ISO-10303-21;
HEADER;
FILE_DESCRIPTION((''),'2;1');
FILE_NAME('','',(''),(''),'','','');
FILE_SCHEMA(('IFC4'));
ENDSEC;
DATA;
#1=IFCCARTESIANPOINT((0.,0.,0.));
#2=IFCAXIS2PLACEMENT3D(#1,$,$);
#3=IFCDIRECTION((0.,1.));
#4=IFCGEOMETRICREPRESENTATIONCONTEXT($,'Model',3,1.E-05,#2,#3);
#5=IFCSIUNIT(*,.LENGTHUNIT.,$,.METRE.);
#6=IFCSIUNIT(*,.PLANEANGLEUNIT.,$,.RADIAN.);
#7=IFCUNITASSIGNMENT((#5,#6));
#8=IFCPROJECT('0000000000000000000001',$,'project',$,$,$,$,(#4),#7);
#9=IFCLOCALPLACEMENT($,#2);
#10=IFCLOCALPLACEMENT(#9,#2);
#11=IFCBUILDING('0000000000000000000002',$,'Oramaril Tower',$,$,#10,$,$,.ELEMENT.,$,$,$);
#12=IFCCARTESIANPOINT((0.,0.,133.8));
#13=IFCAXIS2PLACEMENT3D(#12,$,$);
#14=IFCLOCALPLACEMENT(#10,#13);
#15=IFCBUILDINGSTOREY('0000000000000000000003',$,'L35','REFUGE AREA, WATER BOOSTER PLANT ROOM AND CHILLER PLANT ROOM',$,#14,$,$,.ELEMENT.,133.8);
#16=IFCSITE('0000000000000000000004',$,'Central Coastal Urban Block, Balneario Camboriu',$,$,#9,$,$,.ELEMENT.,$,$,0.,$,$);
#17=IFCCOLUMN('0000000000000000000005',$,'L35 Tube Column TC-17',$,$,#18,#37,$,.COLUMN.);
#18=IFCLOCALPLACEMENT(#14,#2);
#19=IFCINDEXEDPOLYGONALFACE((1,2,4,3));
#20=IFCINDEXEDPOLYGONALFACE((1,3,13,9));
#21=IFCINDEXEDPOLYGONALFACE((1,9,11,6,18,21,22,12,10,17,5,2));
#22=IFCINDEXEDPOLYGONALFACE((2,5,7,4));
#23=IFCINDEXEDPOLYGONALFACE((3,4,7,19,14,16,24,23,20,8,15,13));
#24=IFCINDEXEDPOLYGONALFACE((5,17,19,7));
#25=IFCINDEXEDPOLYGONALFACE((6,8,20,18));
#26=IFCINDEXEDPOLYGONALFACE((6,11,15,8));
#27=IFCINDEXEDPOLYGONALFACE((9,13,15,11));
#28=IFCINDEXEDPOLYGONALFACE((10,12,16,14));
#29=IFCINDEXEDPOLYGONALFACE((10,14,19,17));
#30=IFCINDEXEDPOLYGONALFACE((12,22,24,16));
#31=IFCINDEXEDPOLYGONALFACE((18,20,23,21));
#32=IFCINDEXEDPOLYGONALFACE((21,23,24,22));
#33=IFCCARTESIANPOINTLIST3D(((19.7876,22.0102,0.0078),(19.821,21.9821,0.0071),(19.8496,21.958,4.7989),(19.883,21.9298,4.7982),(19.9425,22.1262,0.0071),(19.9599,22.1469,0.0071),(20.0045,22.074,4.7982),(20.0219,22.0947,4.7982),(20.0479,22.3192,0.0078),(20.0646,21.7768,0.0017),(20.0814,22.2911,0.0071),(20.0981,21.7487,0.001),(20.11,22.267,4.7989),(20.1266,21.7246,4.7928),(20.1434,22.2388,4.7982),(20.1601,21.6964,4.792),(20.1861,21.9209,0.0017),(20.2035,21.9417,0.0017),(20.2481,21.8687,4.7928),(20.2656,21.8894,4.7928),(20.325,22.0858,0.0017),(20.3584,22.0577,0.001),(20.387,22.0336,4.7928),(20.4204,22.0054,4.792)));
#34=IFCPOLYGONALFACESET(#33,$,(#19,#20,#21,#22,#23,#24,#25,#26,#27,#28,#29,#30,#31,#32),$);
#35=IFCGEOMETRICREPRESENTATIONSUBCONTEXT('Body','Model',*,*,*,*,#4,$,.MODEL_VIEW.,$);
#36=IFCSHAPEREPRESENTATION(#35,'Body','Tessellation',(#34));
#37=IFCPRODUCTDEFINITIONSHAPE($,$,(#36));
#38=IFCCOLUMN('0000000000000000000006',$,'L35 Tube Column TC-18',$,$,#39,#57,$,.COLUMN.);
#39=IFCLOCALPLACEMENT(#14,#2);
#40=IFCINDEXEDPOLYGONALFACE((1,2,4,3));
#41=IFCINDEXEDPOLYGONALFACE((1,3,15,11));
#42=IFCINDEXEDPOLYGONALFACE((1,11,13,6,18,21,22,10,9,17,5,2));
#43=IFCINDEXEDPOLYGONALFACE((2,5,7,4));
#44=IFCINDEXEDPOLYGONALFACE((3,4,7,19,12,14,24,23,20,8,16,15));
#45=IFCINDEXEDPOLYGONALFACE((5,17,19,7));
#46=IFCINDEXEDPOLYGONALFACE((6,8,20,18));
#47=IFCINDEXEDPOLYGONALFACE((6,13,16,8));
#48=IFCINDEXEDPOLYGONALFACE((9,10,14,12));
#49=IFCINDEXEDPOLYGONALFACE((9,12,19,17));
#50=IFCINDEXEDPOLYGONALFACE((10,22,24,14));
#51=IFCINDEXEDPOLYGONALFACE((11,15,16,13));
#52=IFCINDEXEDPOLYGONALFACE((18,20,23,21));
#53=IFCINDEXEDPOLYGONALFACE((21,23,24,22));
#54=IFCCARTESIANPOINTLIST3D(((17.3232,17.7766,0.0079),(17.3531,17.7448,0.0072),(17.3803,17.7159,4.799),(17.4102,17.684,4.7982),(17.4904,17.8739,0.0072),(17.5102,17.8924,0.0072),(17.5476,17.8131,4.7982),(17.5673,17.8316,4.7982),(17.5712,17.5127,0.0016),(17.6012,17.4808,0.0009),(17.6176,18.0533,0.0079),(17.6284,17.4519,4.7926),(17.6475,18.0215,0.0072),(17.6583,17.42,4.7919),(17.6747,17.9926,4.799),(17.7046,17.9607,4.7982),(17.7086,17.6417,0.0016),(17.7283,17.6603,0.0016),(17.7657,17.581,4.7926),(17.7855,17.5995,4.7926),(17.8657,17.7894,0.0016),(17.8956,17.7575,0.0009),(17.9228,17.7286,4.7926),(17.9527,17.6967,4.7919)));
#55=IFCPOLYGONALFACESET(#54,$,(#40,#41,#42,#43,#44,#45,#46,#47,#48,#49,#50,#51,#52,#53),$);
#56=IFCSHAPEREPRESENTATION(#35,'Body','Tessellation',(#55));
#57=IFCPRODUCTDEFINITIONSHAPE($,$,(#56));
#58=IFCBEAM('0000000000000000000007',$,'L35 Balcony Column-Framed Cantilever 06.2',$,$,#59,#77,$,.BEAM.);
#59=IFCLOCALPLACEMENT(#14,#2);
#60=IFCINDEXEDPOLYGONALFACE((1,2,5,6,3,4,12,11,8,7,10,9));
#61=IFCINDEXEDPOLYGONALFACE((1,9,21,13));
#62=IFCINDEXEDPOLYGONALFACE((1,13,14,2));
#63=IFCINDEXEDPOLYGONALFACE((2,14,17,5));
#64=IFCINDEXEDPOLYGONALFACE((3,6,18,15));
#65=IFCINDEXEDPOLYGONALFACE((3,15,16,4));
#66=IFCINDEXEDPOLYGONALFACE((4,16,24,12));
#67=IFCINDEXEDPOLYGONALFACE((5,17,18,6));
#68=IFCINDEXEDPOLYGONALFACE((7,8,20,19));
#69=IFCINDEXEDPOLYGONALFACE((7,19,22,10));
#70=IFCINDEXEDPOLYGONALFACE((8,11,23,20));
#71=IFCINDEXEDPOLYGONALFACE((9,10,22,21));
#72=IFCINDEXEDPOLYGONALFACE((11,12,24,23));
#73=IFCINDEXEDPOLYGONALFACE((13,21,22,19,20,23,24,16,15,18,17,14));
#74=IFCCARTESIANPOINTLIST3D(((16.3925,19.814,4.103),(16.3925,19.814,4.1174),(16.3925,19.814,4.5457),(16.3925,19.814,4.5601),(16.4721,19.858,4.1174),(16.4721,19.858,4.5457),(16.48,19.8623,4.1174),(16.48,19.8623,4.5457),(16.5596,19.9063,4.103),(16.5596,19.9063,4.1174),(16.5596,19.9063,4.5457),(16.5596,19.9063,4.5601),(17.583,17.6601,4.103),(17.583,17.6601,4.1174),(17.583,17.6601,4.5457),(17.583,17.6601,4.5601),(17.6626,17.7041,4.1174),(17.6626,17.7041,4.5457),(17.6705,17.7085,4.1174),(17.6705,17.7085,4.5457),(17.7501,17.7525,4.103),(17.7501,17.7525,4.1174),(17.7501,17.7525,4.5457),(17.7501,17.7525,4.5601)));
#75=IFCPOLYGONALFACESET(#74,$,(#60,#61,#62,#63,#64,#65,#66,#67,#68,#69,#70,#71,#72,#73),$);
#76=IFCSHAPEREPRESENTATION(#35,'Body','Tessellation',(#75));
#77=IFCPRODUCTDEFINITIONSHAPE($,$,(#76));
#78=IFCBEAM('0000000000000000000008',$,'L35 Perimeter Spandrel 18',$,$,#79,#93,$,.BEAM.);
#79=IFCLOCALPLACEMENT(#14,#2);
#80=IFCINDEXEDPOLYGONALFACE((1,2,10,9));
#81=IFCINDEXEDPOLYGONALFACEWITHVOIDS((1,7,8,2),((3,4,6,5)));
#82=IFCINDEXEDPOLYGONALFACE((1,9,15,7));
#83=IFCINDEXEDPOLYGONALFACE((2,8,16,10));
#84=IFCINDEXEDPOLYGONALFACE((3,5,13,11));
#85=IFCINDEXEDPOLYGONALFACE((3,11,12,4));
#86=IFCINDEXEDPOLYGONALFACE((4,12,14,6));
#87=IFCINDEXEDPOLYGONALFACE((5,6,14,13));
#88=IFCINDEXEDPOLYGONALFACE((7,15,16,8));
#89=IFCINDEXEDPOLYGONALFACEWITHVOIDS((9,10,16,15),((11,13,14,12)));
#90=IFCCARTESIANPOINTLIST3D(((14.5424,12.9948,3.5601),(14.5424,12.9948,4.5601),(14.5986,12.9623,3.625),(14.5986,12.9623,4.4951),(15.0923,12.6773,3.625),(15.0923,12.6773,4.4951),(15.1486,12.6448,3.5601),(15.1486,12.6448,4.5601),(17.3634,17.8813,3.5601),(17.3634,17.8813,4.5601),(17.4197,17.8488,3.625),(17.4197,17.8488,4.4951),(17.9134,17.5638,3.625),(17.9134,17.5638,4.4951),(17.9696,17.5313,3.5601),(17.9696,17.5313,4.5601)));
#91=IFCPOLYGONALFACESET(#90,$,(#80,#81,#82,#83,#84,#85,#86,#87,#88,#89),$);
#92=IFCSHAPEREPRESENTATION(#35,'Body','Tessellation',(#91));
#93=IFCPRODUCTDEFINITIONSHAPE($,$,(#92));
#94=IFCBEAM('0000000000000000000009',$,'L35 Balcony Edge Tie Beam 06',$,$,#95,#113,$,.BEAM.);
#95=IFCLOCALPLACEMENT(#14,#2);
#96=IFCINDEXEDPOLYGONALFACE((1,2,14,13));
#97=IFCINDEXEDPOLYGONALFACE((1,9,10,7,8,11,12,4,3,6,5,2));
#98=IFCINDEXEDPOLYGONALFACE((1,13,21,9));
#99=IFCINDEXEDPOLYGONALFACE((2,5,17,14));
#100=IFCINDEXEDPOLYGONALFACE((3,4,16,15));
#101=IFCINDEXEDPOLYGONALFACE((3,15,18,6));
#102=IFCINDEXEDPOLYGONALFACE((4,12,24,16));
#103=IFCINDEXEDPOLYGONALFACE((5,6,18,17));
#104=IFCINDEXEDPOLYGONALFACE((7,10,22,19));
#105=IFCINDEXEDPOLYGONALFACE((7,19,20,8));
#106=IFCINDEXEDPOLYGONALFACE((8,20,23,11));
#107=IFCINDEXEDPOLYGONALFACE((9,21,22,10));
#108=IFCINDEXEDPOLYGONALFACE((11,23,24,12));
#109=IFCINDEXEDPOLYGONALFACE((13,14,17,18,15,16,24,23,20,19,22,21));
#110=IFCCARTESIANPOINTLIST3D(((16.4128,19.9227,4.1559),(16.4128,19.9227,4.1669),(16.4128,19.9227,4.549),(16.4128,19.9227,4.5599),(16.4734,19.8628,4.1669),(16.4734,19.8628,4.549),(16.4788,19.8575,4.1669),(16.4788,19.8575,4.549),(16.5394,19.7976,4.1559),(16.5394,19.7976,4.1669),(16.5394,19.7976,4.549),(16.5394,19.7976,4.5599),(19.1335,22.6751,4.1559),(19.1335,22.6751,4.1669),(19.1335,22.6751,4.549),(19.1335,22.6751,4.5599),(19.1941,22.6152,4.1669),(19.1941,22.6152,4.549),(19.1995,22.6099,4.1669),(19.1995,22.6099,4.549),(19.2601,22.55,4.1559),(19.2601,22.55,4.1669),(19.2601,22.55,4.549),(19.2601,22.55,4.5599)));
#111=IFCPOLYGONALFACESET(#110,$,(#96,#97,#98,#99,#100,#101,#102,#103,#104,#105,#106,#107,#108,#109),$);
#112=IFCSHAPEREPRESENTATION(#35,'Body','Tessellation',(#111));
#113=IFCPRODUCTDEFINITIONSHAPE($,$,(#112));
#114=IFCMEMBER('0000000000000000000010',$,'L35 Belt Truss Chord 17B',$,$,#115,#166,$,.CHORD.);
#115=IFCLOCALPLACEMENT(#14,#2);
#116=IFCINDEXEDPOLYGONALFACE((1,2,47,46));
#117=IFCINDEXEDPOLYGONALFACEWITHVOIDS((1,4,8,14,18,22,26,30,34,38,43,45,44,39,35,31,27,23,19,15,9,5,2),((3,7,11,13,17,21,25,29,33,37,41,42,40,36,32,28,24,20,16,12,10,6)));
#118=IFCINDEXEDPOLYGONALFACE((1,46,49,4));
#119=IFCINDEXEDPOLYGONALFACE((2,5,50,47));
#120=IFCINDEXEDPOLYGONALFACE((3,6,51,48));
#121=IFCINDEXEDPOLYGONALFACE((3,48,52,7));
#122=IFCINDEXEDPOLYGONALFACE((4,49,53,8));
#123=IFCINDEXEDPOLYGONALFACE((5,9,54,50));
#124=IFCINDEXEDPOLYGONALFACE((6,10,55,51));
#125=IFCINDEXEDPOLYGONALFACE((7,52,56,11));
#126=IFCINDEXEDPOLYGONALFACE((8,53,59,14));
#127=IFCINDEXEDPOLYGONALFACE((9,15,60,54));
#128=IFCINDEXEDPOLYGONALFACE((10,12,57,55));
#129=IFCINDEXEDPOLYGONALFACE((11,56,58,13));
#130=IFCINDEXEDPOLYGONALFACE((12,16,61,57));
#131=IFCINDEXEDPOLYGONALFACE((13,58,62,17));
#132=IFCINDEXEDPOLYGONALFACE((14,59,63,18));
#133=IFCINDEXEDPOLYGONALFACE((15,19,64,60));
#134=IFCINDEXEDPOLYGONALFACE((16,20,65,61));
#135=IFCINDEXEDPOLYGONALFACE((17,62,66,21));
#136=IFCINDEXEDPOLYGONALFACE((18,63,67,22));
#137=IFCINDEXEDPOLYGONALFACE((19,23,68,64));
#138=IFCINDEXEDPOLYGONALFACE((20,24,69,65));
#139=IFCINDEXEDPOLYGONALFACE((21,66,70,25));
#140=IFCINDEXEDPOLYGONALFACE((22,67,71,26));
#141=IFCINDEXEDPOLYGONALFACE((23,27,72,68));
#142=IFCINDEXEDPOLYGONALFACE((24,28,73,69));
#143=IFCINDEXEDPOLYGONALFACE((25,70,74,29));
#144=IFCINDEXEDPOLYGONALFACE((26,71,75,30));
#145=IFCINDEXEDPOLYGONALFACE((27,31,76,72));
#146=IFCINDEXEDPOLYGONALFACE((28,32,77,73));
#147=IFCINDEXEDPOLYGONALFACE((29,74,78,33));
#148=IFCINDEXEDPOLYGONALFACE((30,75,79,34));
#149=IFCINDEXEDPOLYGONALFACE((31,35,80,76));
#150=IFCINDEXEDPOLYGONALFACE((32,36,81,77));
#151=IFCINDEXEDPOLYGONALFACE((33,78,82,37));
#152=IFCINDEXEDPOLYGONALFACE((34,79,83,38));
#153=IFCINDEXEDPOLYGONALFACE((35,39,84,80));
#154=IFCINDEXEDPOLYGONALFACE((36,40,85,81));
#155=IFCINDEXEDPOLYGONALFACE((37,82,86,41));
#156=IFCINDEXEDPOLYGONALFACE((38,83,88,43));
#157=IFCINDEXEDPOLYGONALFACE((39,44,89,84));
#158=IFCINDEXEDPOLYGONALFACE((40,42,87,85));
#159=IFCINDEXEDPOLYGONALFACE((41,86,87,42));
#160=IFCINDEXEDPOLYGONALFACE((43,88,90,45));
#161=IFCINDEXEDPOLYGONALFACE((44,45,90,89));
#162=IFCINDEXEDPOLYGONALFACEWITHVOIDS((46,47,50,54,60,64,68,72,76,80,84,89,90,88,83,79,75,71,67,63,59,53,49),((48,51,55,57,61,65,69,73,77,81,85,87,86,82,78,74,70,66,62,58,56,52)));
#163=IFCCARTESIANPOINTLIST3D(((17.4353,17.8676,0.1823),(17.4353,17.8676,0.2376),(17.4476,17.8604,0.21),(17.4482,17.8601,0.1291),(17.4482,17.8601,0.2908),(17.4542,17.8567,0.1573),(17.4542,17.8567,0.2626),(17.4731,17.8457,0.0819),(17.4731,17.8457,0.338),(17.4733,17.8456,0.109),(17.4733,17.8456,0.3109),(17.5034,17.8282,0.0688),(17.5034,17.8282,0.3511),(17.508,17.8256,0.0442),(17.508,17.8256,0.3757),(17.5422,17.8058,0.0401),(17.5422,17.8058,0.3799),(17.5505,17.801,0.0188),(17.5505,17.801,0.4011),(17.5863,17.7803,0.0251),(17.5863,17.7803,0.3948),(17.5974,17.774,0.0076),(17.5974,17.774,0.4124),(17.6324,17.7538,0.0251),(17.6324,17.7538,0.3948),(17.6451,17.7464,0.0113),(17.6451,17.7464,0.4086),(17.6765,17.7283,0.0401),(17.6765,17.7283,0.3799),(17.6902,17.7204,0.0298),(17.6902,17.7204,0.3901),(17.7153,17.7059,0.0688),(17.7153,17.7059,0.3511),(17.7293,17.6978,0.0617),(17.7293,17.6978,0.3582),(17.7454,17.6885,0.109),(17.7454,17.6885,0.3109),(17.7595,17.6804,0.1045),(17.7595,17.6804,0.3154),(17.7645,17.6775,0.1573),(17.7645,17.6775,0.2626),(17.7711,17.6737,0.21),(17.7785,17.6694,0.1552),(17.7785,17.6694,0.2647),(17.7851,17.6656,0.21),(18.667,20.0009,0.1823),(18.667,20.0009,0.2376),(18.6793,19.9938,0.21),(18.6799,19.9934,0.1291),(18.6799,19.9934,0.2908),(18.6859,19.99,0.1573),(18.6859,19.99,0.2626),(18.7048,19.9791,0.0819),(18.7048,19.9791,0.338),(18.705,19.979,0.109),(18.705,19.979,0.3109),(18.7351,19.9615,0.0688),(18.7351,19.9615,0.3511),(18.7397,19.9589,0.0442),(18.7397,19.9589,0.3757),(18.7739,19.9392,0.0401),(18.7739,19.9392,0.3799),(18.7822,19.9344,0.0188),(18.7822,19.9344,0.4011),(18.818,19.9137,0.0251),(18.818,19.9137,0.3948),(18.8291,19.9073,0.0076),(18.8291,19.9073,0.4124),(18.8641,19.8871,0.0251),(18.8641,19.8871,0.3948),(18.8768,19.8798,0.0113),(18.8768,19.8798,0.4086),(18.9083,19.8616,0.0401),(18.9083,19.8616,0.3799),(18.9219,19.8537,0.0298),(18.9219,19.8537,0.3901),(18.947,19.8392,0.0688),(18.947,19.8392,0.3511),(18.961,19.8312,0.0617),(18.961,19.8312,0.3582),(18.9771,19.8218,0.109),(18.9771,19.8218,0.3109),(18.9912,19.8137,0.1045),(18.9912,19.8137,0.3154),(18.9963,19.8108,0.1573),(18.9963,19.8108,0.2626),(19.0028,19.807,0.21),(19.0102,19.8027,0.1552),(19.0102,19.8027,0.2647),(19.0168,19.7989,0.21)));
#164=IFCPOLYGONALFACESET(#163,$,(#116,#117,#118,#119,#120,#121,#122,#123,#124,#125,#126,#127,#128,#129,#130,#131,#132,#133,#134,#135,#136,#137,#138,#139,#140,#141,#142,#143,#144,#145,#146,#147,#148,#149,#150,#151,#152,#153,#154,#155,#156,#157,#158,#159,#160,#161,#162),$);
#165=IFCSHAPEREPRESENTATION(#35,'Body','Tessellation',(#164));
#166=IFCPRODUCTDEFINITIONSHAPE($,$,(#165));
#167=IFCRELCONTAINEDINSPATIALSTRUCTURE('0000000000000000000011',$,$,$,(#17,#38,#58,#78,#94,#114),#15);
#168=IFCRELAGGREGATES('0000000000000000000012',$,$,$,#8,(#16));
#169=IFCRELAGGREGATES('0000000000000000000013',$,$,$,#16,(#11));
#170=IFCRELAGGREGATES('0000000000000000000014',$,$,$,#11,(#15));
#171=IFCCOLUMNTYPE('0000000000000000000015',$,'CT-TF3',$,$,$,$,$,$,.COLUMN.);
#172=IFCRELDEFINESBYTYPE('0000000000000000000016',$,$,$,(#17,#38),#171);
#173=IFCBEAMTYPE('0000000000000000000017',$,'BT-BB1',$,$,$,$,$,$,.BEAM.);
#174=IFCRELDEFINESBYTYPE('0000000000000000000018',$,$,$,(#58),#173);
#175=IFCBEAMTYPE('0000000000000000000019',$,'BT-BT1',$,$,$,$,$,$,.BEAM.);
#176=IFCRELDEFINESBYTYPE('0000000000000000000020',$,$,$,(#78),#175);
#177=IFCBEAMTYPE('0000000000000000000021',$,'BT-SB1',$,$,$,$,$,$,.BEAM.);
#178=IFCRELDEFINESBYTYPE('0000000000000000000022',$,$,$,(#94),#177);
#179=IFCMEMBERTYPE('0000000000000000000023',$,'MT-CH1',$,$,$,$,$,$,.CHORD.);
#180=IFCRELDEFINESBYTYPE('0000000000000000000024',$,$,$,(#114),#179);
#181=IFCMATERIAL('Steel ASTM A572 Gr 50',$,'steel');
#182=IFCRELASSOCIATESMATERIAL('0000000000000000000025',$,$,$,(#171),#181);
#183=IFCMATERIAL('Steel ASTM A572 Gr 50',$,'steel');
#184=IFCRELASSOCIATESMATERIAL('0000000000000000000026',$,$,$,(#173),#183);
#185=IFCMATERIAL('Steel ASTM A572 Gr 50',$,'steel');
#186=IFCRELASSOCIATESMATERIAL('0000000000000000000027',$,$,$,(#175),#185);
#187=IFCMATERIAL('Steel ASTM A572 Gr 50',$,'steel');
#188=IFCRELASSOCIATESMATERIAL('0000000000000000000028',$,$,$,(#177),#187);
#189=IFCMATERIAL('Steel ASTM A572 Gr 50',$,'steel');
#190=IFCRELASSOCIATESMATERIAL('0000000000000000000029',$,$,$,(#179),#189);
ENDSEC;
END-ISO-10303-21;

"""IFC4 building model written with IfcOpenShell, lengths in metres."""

from ifc_helpers import new_model, si_unit, direction, frame, origin, origin_2d, place, context, subcontext, project, spatial, hollow_rectangle, hollow_circle, i_section, extrude, material, material_profile, profile_set, type_object, element, save


model = new_model("IFC4")

# Units and contexts
model_context = context("Model", 3, precision=1e-05, world=origin(), true_north=direction((0.0, 1.0)))
body_context = subcontext(model_context, "Body", "Model", "MODEL_VIEW")
ifc_project = project(units=[si_unit("LENGTHUNIT", "METRE"), si_unit("PLANEANGLEUNIT", "RADIAN")], contexts=[model_context])

# Site, building, storey
site_placement = place(None, origin())
site = spatial("IfcSite", under=ifc_project, at=site_placement, Name="Central Coastal Urban Block, Balneario Camboriu", CompositionType="ELEMENT", RefElevation=0.0)
building_placement = place(site_placement, origin())
building = spatial("IfcBuilding", under=site, at=building_placement, Name="Oramaril Tower", CompositionType="ELEMENT")
storey_placement = place(building_placement, frame((0.0, 0.0, 133.8)))
storey = spatial("IfcBuildingStorey", under=building, at=storey_placement, Name="L35", Description="REFUGE AREA, WATER BOOSTER PLANT ROOM AND CHILLER PLANT ROOM", CompositionType="ELEMENT", Elevation=133.8)

# Columns
ifc_material_1 = material(Name="Steel ASTM A572 Gr 50", Category="steel")
ifc_material_profile_1 = material_profile(ifc_material_1, i_section(OverallWidth=0.4041, OverallDepth=0.406, WebThickness=0.0271, FlangeThickness=0.0437, at=origin_2d()), Name="W14X233")
ifc_profile_set_1 = profile_set([ifc_material_profile_1], Name="Steel ASTM A572 Gr 50")
column_type = type_object("IfcColumnType", Name="CT-TF3", PredefinedType="COLUMN", material=ifc_profile_set_1)
for number, where, z_axis, x_axis, name in (
    (1, (20.073, 22.0339, 0.0044), (0.012941, -0.010903, 0.999857), (0.644321, 0.764755, 0.0), "L35 Tube Column TC-17"),
    (2, (17.6094, 17.7671, 0.0044), (0.011922, -0.012687, 0.999848), (0.728715, 0.684817, 0.0), "L35 Tube Column TC-18"),
):
    element("IfcColumn", number, at=place(storey_placement, frame(where, z_axis=z_axis, x_axis=x_axis)), inside=storey, type_object=column_type, Name=name, PredefinedType="COLUMN", context=body_context, shape_type="SweptSolid", body=[
        extrude(i_section(OverallWidth=0.4041, OverallDepth=0.406, WebThickness=0.0271, FlangeThickness=0.0437, at=origin_2d()), origin(), (0.0, 0.0, 1.0), 4.7917),
    ])

# Beams
ifc_material_2 = material(Name="Steel ASTM A572 Gr 50", Category="steel")
ifc_material_profile_2 = material_profile(ifc_material_2, i_section(OverallWidth=0.1909, OverallDepth=0.457, WebThickness=0.009, FlangeThickness=0.0144, at=origin_2d()), Name="W18X50")
ifc_profile_set_2 = profile_set([ifc_material_profile_2], Name="Steel ASTM A572 Gr 50")
beam_type_1 = type_object("IfcBeamType", Name="BT-BB1", PredefinedType="BEAM", material=ifc_profile_set_2)
beam_1_placement = place(storey_placement, frame((17.6665, 17.7063, 4.3315), z_axis=(-0.483738, 0.875213, 0.0), x_axis=(-0.875213, -0.483738, 0.0)))
element("IfcBeam", 3, at=beam_1_placement, inside=storey, type_object=beam_type_1, Name="L35 Balcony Column-Framed Cantilever 06.2", PredefinedType="BEAM", context=body_context, shape_type="SweptSolid", body=[
    extrude(i_section(OverallWidth=0.1909, OverallDepth=0.457, WebThickness=0.009, FlangeThickness=0.0144, at=origin_2d()), origin(), (0.0, 0.0, 1.0), 2.4609),
])
ifc_material_3 = material(Name="Steel ASTM A572 Gr 50", Category="steel")
ifc_material_profile_3 = material_profile(ifc_material_3, hollow_rectangle(XDim=0.7, YDim=1.0, WallThickness=0.0649, at=origin_2d()), Name="BOX1000X700X65")
ifc_profile_set_3 = profile_set([ifc_material_profile_3], Name="Steel ASTM A572 Gr 50")
beam_type_2 = type_object("IfcBeamType", Name="BT-BT1", PredefinedType="BEAM", material=ifc_profile_set_3)
beam_2_placement = place(storey_placement, frame((17.6665, 17.7063, 4.0601), z_axis=(-0.499978, -0.866038, 0.0), x_axis=(0.866038, -0.499978, 0.0)))
element("IfcBeam", 4, at=beam_2_placement, inside=storey, type_object=beam_type_2, Name="L35 Perimeter Spandrel 18", PredefinedType="BEAM", context=body_context, shape_type="SweptSolid", body=[
    extrude(hollow_rectangle(XDim=0.7, YDim=1.0, WallThickness=0.0649, at=origin_2d()), origin(), (0.0, 0.0, 1.0), 5.6423),
])
ifc_material_4 = material(Name="Steel ASTM A572 Gr 50", Category="steel")
ifc_material_profile_4 = material_profile(ifc_material_4, i_section(OverallWidth=0.178, OverallDepth=0.4041, WebThickness=0.0076, FlangeThickness=0.011, at=origin_2d()), Name="W16X36")
ifc_profile_set_4 = profile_set([ifc_material_profile_4], Name="Steel ASTM A572 Gr 50")
beam_type_3 = type_object("IfcBeamType", Name="BT-SB1", PredefinedType="BEAM", material=ifc_profile_set_4)
beam_3_placement = place(storey_placement, frame((19.1968, 22.6125, 4.3579), z_axis=(-0.702995, -0.711195, 0.0), x_axis=(0.711195, -0.702995, 0.0)))
element("IfcBeam", 5, at=beam_3_placement, inside=storey, type_object=beam_type_3, Name="L35 Balcony Edge Tie Beam 06", PredefinedType="BEAM", context=body_context, shape_type="SweptSolid", body=[
    extrude(i_section(OverallWidth=0.178, OverallDepth=0.4041, WebThickness=0.0076, FlangeThickness=0.011, at=origin_2d()), origin(), (0.0, 0.0, 1.0), 3.8701),
])

# Member
ifc_material_5 = material(Name="Steel ASTM A572 Gr 50", Category="steel")
ifc_material_profile_5 = material_profile(ifc_material_5, hollow_circle(Radius=0.2029, WallThickness=0.0161, at=origin_2d()), Name="CHS406X16")
ifc_profile_set_5 = profile_set([ifc_material_profile_5], Name="Steel ASTM A572 Gr 50")
member_type_1 = type_object("IfcMemberType", Name="MT-CH1", PredefinedType="CHORD", material=ifc_profile_set_5)
member_1_placement = place(storey_placement, frame((18.8411, 19.9004, 0.21), z_axis=(-0.500008, -0.866021, 0.0), x_axis=(0.866021, -0.500008, 0.0)))
element("IfcMember", 6, at=member_1_placement, inside=storey, type_object=member_type_1, Name="L35 Belt Truss Chord 17B", PredefinedType="CHORD", context=body_context, shape_type="SweptSolid", body=[
    extrude(hollow_circle(Radius=0.2029, WallThickness=0.0161, at=origin_2d()), origin(), (0.0, 0.0, 1.0), 2.4634),
])

save(model, "model.ifc")
